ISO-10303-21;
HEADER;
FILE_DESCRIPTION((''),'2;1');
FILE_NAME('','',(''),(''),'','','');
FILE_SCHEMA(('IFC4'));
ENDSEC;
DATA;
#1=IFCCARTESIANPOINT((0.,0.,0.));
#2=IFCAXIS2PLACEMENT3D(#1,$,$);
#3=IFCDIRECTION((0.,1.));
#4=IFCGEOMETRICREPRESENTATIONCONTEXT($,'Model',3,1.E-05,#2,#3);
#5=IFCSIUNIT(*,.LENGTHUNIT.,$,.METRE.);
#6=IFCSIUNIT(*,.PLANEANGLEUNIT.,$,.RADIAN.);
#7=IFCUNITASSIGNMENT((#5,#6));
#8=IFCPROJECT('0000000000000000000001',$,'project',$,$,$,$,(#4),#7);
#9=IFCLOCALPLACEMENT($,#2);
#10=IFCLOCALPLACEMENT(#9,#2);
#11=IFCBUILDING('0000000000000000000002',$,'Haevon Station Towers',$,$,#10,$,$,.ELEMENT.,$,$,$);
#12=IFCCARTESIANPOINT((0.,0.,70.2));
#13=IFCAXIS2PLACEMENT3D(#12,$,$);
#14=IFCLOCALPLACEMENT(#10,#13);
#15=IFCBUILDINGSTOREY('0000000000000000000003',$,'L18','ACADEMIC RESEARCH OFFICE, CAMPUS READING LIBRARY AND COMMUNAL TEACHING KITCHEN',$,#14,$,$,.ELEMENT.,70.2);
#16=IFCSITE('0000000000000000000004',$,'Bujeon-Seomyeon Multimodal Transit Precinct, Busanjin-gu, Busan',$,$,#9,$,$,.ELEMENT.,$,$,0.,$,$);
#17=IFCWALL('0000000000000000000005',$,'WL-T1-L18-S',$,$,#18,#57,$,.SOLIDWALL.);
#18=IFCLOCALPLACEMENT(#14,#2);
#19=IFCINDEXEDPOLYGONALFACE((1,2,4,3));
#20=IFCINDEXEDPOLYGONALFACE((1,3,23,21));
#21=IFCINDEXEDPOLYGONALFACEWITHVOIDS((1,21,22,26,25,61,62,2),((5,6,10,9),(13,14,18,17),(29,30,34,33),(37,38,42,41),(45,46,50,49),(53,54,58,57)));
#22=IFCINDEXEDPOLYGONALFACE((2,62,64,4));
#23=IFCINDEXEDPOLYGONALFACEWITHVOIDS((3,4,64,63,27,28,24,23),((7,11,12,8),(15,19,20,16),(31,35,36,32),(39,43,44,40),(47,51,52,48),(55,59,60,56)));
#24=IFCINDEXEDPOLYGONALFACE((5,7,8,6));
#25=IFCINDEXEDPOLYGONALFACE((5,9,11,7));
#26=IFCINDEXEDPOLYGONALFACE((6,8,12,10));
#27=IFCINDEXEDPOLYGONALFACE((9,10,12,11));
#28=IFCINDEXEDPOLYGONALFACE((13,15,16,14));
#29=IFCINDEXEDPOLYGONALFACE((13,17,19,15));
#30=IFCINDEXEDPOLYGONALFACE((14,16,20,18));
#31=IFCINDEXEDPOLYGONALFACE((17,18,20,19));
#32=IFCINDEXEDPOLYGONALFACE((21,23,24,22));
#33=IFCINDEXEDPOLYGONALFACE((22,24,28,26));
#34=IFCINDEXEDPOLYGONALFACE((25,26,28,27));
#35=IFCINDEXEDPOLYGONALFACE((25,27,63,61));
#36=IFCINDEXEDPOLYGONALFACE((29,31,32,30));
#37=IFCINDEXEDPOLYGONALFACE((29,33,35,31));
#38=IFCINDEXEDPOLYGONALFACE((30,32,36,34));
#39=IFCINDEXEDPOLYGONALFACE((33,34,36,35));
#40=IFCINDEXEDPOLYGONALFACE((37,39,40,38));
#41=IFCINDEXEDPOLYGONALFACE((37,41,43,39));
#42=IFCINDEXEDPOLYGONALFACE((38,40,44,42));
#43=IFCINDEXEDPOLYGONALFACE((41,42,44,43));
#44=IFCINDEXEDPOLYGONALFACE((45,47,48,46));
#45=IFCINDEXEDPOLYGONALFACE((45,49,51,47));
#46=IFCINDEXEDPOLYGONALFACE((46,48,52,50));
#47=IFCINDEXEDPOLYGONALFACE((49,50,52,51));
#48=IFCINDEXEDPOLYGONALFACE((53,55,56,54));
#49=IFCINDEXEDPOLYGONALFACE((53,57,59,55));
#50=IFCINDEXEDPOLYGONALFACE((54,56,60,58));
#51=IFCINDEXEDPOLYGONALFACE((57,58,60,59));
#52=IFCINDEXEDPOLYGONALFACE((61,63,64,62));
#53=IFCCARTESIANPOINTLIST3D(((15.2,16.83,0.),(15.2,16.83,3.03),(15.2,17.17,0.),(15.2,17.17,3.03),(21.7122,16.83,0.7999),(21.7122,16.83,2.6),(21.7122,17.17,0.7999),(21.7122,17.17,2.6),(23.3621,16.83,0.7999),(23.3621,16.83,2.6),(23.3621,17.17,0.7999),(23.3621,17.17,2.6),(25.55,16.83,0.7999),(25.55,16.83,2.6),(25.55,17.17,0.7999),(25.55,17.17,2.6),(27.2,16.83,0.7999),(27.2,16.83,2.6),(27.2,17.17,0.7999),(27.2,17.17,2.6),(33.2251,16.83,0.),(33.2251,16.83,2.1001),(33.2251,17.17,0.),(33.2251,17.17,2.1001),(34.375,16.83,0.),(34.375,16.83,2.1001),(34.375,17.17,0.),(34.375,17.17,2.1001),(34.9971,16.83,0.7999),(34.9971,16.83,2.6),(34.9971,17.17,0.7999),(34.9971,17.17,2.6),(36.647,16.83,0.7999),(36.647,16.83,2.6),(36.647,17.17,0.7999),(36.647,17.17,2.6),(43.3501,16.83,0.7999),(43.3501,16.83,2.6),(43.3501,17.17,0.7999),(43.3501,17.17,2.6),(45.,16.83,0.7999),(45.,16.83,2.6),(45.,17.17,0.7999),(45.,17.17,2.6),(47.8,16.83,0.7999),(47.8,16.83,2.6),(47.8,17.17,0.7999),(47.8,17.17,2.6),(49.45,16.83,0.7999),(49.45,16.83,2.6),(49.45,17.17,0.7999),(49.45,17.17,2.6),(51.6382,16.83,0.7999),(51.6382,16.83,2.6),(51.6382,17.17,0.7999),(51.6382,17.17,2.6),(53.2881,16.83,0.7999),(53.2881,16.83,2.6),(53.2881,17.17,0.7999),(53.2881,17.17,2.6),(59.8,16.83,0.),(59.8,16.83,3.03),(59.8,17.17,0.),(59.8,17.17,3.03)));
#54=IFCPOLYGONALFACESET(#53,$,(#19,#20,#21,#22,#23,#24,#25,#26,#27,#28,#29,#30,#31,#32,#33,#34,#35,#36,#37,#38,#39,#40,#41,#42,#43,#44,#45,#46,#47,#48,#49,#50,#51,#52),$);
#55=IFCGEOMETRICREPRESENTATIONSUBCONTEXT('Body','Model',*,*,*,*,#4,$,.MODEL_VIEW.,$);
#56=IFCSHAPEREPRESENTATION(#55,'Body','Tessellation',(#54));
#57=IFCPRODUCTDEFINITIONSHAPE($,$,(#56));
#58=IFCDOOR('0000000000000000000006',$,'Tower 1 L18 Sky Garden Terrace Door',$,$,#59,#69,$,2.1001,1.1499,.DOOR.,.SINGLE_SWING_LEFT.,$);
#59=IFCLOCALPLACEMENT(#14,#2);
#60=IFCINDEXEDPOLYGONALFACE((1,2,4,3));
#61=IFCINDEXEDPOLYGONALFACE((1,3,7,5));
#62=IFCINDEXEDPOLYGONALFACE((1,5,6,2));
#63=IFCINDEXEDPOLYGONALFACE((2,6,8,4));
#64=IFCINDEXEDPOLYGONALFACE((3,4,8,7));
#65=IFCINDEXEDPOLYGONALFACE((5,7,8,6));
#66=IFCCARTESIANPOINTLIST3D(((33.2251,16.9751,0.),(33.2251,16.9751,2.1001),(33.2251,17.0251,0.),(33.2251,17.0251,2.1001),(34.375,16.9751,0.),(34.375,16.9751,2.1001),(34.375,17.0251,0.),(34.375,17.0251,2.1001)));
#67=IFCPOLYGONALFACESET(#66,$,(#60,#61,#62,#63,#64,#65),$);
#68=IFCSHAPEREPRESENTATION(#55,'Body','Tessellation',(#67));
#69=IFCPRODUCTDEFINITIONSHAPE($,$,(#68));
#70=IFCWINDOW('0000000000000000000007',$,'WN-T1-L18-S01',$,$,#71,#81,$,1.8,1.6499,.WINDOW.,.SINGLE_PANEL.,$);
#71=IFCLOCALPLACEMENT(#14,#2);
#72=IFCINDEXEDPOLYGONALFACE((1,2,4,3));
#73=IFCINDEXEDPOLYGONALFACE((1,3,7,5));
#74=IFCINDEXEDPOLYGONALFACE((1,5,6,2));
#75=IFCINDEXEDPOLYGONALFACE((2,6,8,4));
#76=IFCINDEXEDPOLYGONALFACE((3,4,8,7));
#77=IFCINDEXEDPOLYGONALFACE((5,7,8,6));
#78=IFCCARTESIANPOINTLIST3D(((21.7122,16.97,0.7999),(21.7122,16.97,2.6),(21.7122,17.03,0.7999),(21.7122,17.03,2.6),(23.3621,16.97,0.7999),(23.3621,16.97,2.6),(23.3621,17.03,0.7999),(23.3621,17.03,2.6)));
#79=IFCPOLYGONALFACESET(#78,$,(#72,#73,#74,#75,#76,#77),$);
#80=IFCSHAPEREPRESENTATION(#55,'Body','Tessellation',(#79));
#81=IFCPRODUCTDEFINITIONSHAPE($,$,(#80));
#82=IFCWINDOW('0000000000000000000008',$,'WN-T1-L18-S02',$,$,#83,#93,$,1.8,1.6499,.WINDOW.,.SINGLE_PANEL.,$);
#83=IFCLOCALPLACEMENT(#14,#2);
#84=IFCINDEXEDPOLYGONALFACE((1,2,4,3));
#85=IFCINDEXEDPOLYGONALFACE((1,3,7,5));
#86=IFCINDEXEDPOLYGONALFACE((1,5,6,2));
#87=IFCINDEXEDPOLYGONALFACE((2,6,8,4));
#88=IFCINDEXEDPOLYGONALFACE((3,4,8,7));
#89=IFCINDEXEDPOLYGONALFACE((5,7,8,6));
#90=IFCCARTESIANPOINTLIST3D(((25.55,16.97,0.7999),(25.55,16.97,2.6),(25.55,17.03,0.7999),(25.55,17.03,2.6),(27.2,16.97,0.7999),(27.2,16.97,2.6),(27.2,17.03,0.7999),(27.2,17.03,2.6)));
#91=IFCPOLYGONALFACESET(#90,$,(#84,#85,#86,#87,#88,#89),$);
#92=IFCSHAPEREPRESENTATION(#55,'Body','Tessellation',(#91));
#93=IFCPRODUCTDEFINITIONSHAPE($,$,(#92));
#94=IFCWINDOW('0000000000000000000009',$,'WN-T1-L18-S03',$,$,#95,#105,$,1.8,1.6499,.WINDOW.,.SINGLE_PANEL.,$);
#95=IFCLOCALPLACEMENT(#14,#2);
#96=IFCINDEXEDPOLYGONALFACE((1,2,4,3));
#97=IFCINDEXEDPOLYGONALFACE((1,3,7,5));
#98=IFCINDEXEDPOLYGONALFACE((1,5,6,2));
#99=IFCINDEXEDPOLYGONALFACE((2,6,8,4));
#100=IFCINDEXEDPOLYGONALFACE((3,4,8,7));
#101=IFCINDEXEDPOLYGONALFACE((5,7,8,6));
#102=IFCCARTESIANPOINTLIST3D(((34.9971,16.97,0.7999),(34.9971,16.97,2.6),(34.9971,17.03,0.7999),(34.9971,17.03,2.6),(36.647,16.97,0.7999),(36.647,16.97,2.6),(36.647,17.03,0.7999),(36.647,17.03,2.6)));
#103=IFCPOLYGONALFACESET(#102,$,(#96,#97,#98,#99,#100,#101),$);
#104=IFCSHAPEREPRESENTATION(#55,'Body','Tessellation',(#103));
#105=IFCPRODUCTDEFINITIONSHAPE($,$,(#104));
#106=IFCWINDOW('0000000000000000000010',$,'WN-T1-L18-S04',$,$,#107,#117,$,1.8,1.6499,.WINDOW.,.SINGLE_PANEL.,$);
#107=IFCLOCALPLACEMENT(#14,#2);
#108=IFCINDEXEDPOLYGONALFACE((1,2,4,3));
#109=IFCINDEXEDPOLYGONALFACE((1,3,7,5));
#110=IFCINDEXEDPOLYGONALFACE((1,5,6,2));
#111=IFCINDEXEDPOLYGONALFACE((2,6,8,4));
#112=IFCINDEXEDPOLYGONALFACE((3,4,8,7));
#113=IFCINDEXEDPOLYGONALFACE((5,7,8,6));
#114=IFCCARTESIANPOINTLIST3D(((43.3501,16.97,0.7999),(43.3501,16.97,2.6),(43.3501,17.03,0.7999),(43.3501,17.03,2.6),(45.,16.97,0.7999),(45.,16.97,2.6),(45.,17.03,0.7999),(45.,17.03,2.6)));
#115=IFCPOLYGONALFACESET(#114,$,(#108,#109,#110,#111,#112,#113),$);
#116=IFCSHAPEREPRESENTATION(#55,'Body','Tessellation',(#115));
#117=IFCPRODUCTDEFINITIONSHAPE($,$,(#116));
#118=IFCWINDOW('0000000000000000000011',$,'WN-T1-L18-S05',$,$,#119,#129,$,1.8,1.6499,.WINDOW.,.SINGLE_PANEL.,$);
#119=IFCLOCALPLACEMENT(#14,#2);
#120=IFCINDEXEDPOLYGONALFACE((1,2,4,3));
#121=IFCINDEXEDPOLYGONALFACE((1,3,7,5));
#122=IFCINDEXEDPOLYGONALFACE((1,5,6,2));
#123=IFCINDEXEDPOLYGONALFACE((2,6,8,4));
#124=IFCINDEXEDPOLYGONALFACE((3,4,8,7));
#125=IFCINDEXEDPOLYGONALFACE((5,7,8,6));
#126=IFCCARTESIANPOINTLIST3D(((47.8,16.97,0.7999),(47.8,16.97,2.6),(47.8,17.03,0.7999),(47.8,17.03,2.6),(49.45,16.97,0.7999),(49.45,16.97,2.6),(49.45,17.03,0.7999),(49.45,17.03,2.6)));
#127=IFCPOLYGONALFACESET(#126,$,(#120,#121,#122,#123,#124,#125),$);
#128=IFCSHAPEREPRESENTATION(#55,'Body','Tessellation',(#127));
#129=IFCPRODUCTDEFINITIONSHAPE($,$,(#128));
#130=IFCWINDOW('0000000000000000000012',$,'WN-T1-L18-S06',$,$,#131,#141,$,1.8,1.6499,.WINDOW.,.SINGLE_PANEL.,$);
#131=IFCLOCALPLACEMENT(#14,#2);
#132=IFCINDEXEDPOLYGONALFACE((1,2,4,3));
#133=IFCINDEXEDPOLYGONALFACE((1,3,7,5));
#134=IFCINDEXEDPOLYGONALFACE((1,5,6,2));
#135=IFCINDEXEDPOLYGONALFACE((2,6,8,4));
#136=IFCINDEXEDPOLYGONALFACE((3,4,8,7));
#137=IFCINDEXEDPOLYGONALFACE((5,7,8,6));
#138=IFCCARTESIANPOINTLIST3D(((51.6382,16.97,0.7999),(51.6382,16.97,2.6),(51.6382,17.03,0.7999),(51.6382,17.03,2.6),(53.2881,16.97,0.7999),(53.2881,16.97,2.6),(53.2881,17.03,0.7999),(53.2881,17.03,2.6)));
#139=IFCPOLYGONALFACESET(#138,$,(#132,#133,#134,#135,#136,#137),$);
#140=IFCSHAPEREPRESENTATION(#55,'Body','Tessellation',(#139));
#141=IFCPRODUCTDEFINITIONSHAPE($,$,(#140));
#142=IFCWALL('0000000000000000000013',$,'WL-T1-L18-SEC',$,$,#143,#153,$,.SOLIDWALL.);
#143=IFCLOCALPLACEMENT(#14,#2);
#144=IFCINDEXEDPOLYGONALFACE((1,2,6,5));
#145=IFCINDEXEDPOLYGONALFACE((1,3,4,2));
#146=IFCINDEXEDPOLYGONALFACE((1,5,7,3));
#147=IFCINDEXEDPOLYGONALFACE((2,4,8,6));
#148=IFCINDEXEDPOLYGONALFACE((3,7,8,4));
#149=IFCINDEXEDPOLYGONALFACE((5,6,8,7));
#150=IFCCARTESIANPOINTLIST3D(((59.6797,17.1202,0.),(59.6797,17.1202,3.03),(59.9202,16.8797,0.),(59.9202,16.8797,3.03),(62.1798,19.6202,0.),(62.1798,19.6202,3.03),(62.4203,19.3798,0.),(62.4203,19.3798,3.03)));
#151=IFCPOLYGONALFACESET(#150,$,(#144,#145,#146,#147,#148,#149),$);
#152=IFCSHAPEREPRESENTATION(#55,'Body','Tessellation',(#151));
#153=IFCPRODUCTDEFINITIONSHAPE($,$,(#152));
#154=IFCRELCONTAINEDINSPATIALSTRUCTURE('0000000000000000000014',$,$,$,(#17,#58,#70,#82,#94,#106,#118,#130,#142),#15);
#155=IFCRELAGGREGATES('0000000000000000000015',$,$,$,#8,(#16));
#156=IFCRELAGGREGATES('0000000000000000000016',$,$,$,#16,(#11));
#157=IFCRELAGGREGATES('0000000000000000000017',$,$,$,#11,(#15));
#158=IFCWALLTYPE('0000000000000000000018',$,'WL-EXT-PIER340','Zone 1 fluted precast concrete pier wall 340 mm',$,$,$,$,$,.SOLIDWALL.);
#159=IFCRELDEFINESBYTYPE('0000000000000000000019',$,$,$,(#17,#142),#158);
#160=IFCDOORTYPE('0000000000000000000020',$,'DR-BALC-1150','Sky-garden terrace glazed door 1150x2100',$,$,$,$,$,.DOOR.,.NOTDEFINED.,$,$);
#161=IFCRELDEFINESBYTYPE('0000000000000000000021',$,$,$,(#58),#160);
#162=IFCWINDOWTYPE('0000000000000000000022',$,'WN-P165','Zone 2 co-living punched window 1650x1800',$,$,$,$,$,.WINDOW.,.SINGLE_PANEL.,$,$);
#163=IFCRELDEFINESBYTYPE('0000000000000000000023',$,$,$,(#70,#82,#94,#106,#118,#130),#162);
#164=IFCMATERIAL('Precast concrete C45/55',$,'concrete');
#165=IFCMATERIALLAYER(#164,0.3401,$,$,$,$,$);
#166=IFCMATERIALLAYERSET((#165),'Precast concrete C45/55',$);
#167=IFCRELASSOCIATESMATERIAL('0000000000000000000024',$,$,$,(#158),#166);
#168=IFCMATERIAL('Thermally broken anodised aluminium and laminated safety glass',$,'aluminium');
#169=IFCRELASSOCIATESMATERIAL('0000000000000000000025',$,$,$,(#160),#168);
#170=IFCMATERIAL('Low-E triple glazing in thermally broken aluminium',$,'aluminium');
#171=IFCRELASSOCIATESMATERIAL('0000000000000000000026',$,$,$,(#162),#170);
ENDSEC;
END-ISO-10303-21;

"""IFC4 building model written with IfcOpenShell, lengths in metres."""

from ifc_helpers import new_model, si_unit, direction, frame, frame_2d, origin, place, context, subcontext, project, spatial, rectangle, extrude, material, layer, layer_set, type_object, element, fill, save


model = new_model("IFC4")

# Units and contexts
model_context = context("Model", 3, precision=1e-05, world=origin(), true_north=direction((0.0, 1.0)))
body_context = subcontext(model_context, "Body", "Model", "MODEL_VIEW")
ifc_project = project(units=[si_unit("LENGTHUNIT", "METRE"), si_unit("PLANEANGLEUNIT", "RADIAN")], contexts=[model_context])

# Site, building, storey
site_placement = place(None, origin())
site = spatial("IfcSite", under=ifc_project, at=site_placement, Name="Bujeon-Seomyeon Multimodal Transit Precinct, Busanjin-gu, Busan", CompositionType="ELEMENT", RefElevation=0.0)
building_placement = place(site_placement, origin())
building = spatial("IfcBuilding", under=site, at=building_placement, Name="Haevon Station Towers", CompositionType="ELEMENT")
storey_placement = place(building_placement, frame((0.0, 0.0, 70.2)))
storey = spatial("IfcBuildingStorey", under=building, at=storey_placement, Name="L18", Description="ACADEMIC RESEARCH OFFICE, CAMPUS READING LIBRARY AND COMMUNAL TEACHING KITCHEN", CompositionType="ELEMENT", Elevation=70.2)

# Wall, openings, door, windows
ifc_material_1 = material(Name="Precast concrete C45/55", Category="concrete")
ifc_layer_1 = layer(ifc_material_1, 0.3401)
ifc_layer_set_1 = layer_set([ifc_layer_1], Name="Precast concrete C45/55")
wall_type_1 = type_object("IfcWallType", Name="WL-EXT-PIER340", Description="Zone 1 fluted precast concrete pier wall 340 mm", PredefinedType="SOLIDWALL", material=ifc_layer_set_1)
wall_1_placement = place(storey_placement, frame((59.8, 17.0, 0.0), z_axis=(0.0, 0.0, 1.0), x_axis=(-1.0, 0.0, 0.0)))
wall_1 = element("IfcWall", 1, at=wall_1_placement, inside=storey, type_object=wall_type_1, Name="WL-T1-L18-S", PredefinedType="SOLIDWALL", context=body_context, shape_type="SweptSolid", body=[
    extrude(rectangle(XDim=44.6001, YDim=0.3401, at=frame_2d((22.3, 0.0))), origin(), (0.0, 0.0, 1.0), 3.03),
])
opening_1_placement = place(wall_1_placement, frame((25.425, 0.0, 0.0)))
opening_1 = element("IfcOpeningElement", 2, at=opening_1_placement, cuts=wall_1, PredefinedType="OPENING", context=body_context, shape_type="SweptSolid", body=[
    extrude(rectangle(XDim=1.1499, YDim=2.1001, at=frame_2d((0.575, 1.05))), frame((0.0, 0.1799, 0.0), z_axis=(0.0, -1.0, 0.0), x_axis=(1.0, 0.0, 0.0)), (0.0, 0.0, 1.0), 0.3601),
])
opening_2_placement = place(wall_1_placement, frame((36.438, 0.0, 0.8)))
opening_2 = element("IfcOpeningElement", 3, at=opening_2_placement, cuts=wall_1, PredefinedType="OPENING", context=body_context, shape_type="SweptSolid", body=[
    extrude(rectangle(XDim=1.6499, YDim=1.8, at=frame_2d((0.825, 0.8999))), frame((0.0, 0.1799, 0.0), z_axis=(0.0, -1.0, 0.0), x_axis=(1.0, 0.0, 0.0)), (0.0, 0.0, 1.0), 0.3601),
])
opening_3_placement = place(wall_1_placement, frame((32.6001, 0.0, 0.8)))
opening_3 = element("IfcOpeningElement", 4, at=opening_3_placement, cuts=wall_1, PredefinedType="OPENING", context=body_context, shape_type="SweptSolid", body=[
    extrude(rectangle(XDim=1.6499, YDim=1.8, at=frame_2d((0.825, 0.8999))), frame((0.0, 0.1799, 0.0), z_axis=(0.0, -1.0, 0.0), x_axis=(1.0, 0.0, 0.0)), (0.0, 0.0, 1.0), 0.3601),
])
opening_4_placement = place(wall_1_placement, frame((23.1531, 0.0, 0.8)))
opening_4 = element("IfcOpeningElement", 5, at=opening_4_placement, cuts=wall_1, PredefinedType="OPENING", context=body_context, shape_type="SweptSolid", body=[
    extrude(rectangle(XDim=1.6499, YDim=1.8, at=frame_2d((0.825, 0.8999))), frame((0.0, 0.1799, 0.0), z_axis=(0.0, -1.0, 0.0), x_axis=(1.0, 0.0, 0.0)), (0.0, 0.0, 1.0), 0.3601),
])
opening_5_placement = place(wall_1_placement, frame((14.8, 0.0, 0.8)))
opening_5 = element("IfcOpeningElement", 6, at=opening_5_placement, cuts=wall_1, PredefinedType="OPENING", context=body_context, shape_type="SweptSolid", body=[
    extrude(rectangle(XDim=1.6499, YDim=1.8, at=frame_2d((0.825, 0.8999))), frame((0.0, 0.1799, 0.0), z_axis=(0.0, -1.0, 0.0), x_axis=(1.0, 0.0, 0.0)), (0.0, 0.0, 1.0), 0.3601),
])
opening_6_placement = place(wall_1_placement, frame((10.3501, 0.0, 0.8)))
opening_6 = element("IfcOpeningElement", 7, at=opening_6_placement, cuts=wall_1, PredefinedType="OPENING", context=body_context, shape_type="SweptSolid", body=[
    extrude(rectangle(XDim=1.6499, YDim=1.8, at=frame_2d((0.825, 0.8999))), frame((0.0, 0.1799, 0.0), z_axis=(0.0, -1.0, 0.0), x_axis=(1.0, 0.0, 0.0)), (0.0, 0.0, 1.0), 0.3601),
])
opening_7_placement = place(wall_1_placement, frame((6.512, 0.0, 0.8)))
opening_7 = element("IfcOpeningElement", 8, at=opening_7_placement, cuts=wall_1, PredefinedType="OPENING", context=body_context, shape_type="SweptSolid", body=[
    extrude(rectangle(XDim=1.6499, YDim=1.8, at=frame_2d((0.825, 0.8999))), frame((0.0, 0.1799, 0.0), z_axis=(0.0, -1.0, 0.0), x_axis=(1.0, 0.0, 0.0)), (0.0, 0.0, 1.0), 0.3601),
])
ifc_material_2 = material(Name="Thermally broken anodised aluminium and laminated safety glass", Category="aluminium")
door_type_1 = type_object("IfcDoorType", Name="DR-BALC-1150", Description="Sky-garden terrace glazed door 1150x2100", OperationType="NOTDEFINED", PredefinedType="DOOR", material=ifc_material_2)
door_1_placement = place(opening_1_placement, origin())
door_1 = element("IfcDoor", 9, at=door_1_placement, inside=storey, type_object=door_type_1, Name="Tower 1 L18 Sky Garden Terrace Door", OperationType="SINGLE_SWING_LEFT", OverallHeight=2.1001, OverallWidth=1.1499, PredefinedType="DOOR", context=body_context, shape_type="SweptSolid", body=[
    extrude(rectangle(XDim=1.1499, YDim=2.1001, at=frame_2d((0.575, 1.05))), frame((0.0, 0.0249, 0.0), z_axis=(0.0, -1.0, 0.0), x_axis=(1.0, 0.0, 0.0)), (0.0, 0.0, 1.0), 0.05),
])
fill(opening_1, door_1)
ifc_material_3 = material(Name="Low-E triple glazing in thermally broken aluminium", Category="aluminium")
window_type = type_object("IfcWindowType", Name="WN-P165", Description="Zone 2 co-living punched window 1650x1800", PartitioningType="SINGLE_PANEL", PredefinedType="WINDOW", material=ifc_material_3)
window_1_placement = place(opening_2_placement, origin())
window_1 = element("IfcWindow", 10, at=window_1_placement, inside=storey, type_object=window_type, Name="WN-T1-L18-S01", OverallHeight=1.8, OverallWidth=1.6499, PartitioningType="SINGLE_PANEL", PredefinedType="WINDOW", context=body_context, shape_type="SweptSolid", body=[
    extrude(rectangle(XDim=1.6499, YDim=1.8, at=frame_2d((0.825, 0.8999))), frame((0.0, 0.03, 0.0), z_axis=(0.0, -1.0, 0.0), x_axis=(1.0, 0.0, 0.0)), (0.0, 0.0, 1.0), 0.0601),
])
fill(opening_2, window_1)
window_2_placement = place(opening_3_placement, origin())
window_2 = element("IfcWindow", 11, at=window_2_placement, inside=storey, type_object=window_type, Name="WN-T1-L18-S02", OverallHeight=1.8, OverallWidth=1.6499, PartitioningType="SINGLE_PANEL", PredefinedType="WINDOW", context=body_context, shape_type="SweptSolid", body=[
    extrude(rectangle(XDim=1.6499, YDim=1.8, at=frame_2d((0.825, 0.8999))), frame((0.0, 0.03, 0.0), z_axis=(0.0, -1.0, 0.0), x_axis=(1.0, 0.0, 0.0)), (0.0, 0.0, 1.0), 0.0601),
])
fill(opening_3, window_2)
window_3_placement = place(opening_4_placement, origin())
window_3 = element("IfcWindow", 12, at=window_3_placement, inside=storey, type_object=window_type, Name="WN-T1-L18-S03", OverallHeight=1.8, OverallWidth=1.6499, PartitioningType="SINGLE_PANEL", PredefinedType="WINDOW", context=body_context, shape_type="SweptSolid", body=[
    extrude(rectangle(XDim=1.6499, YDim=1.8, at=frame_2d((0.825, 0.8999))), frame((0.0, 0.03, 0.0), z_axis=(0.0, -1.0, 0.0), x_axis=(1.0, 0.0, 0.0)), (0.0, 0.0, 1.0), 0.0601),
])
fill(opening_4, window_3)
window_4_placement = place(opening_5_placement, origin())
window_4 = element("IfcWindow", 13, at=window_4_placement, inside=storey, type_object=window_type, Name="WN-T1-L18-S04", OverallHeight=1.8, OverallWidth=1.6499, PartitioningType="SINGLE_PANEL", PredefinedType="WINDOW", context=body_context, shape_type="SweptSolid", body=[
    extrude(rectangle(XDim=1.6499, YDim=1.8, at=frame_2d((0.825, 0.8999))), frame((0.0, 0.03, 0.0), z_axis=(0.0, -1.0, 0.0), x_axis=(1.0, 0.0, 0.0)), (0.0, 0.0, 1.0), 0.0601),
])
fill(opening_5, window_4)
window_5_placement = place(opening_6_placement, origin())
window_5 = element("IfcWindow", 14, at=window_5_placement, inside=storey, type_object=window_type, Name="WN-T1-L18-S05", OverallHeight=1.8, OverallWidth=1.6499, PartitioningType="SINGLE_PANEL", PredefinedType="WINDOW", context=body_context, shape_type="SweptSolid", body=[
    extrude(rectangle(XDim=1.6499, YDim=1.8, at=frame_2d((0.825, 0.8999))), frame((0.0, 0.03, 0.0), z_axis=(0.0, -1.0, 0.0), x_axis=(1.0, 0.0, 0.0)), (0.0, 0.0, 1.0), 0.0601),
])
fill(opening_6, window_5)
window_6_placement = place(opening_7_placement, origin())
window_6 = element("IfcWindow", 15, at=window_6_placement, inside=storey, type_object=window_type, Name="WN-T1-L18-S06", OverallHeight=1.8, OverallWidth=1.6499, PartitioningType="SINGLE_PANEL", PredefinedType="WINDOW", context=body_context, shape_type="SweptSolid", body=[
    extrude(rectangle(XDim=1.6499, YDim=1.8, at=frame_2d((0.825, 0.8999))), frame((0.0, 0.03, 0.0), z_axis=(0.0, -1.0, 0.0), x_axis=(1.0, 0.0, 0.0)), (0.0, 0.0, 1.0), 0.0601),
])
fill(opening_7, window_6)

# Wall
wall_2_placement = place(storey_placement, frame((62.3, 19.5, 0.0), z_axis=(0.0, 0.0, 1.0), x_axis=(-0.707107, -0.707107, 0.0)))
element("IfcWall", 16, at=wall_2_placement, inside=storey, type_object=wall_type_1, Name="WL-T1-L18-SEC", PredefinedType="SOLIDWALL", context=body_context, shape_type="SweptSolid", body=[
    extrude(rectangle(XDim=3.5356, YDim=0.3401, at=frame_2d((1.7678, 0.0))), origin(), (0.0, 0.0, 1.0), 3.03),
])

save(model, "model.ifc")
